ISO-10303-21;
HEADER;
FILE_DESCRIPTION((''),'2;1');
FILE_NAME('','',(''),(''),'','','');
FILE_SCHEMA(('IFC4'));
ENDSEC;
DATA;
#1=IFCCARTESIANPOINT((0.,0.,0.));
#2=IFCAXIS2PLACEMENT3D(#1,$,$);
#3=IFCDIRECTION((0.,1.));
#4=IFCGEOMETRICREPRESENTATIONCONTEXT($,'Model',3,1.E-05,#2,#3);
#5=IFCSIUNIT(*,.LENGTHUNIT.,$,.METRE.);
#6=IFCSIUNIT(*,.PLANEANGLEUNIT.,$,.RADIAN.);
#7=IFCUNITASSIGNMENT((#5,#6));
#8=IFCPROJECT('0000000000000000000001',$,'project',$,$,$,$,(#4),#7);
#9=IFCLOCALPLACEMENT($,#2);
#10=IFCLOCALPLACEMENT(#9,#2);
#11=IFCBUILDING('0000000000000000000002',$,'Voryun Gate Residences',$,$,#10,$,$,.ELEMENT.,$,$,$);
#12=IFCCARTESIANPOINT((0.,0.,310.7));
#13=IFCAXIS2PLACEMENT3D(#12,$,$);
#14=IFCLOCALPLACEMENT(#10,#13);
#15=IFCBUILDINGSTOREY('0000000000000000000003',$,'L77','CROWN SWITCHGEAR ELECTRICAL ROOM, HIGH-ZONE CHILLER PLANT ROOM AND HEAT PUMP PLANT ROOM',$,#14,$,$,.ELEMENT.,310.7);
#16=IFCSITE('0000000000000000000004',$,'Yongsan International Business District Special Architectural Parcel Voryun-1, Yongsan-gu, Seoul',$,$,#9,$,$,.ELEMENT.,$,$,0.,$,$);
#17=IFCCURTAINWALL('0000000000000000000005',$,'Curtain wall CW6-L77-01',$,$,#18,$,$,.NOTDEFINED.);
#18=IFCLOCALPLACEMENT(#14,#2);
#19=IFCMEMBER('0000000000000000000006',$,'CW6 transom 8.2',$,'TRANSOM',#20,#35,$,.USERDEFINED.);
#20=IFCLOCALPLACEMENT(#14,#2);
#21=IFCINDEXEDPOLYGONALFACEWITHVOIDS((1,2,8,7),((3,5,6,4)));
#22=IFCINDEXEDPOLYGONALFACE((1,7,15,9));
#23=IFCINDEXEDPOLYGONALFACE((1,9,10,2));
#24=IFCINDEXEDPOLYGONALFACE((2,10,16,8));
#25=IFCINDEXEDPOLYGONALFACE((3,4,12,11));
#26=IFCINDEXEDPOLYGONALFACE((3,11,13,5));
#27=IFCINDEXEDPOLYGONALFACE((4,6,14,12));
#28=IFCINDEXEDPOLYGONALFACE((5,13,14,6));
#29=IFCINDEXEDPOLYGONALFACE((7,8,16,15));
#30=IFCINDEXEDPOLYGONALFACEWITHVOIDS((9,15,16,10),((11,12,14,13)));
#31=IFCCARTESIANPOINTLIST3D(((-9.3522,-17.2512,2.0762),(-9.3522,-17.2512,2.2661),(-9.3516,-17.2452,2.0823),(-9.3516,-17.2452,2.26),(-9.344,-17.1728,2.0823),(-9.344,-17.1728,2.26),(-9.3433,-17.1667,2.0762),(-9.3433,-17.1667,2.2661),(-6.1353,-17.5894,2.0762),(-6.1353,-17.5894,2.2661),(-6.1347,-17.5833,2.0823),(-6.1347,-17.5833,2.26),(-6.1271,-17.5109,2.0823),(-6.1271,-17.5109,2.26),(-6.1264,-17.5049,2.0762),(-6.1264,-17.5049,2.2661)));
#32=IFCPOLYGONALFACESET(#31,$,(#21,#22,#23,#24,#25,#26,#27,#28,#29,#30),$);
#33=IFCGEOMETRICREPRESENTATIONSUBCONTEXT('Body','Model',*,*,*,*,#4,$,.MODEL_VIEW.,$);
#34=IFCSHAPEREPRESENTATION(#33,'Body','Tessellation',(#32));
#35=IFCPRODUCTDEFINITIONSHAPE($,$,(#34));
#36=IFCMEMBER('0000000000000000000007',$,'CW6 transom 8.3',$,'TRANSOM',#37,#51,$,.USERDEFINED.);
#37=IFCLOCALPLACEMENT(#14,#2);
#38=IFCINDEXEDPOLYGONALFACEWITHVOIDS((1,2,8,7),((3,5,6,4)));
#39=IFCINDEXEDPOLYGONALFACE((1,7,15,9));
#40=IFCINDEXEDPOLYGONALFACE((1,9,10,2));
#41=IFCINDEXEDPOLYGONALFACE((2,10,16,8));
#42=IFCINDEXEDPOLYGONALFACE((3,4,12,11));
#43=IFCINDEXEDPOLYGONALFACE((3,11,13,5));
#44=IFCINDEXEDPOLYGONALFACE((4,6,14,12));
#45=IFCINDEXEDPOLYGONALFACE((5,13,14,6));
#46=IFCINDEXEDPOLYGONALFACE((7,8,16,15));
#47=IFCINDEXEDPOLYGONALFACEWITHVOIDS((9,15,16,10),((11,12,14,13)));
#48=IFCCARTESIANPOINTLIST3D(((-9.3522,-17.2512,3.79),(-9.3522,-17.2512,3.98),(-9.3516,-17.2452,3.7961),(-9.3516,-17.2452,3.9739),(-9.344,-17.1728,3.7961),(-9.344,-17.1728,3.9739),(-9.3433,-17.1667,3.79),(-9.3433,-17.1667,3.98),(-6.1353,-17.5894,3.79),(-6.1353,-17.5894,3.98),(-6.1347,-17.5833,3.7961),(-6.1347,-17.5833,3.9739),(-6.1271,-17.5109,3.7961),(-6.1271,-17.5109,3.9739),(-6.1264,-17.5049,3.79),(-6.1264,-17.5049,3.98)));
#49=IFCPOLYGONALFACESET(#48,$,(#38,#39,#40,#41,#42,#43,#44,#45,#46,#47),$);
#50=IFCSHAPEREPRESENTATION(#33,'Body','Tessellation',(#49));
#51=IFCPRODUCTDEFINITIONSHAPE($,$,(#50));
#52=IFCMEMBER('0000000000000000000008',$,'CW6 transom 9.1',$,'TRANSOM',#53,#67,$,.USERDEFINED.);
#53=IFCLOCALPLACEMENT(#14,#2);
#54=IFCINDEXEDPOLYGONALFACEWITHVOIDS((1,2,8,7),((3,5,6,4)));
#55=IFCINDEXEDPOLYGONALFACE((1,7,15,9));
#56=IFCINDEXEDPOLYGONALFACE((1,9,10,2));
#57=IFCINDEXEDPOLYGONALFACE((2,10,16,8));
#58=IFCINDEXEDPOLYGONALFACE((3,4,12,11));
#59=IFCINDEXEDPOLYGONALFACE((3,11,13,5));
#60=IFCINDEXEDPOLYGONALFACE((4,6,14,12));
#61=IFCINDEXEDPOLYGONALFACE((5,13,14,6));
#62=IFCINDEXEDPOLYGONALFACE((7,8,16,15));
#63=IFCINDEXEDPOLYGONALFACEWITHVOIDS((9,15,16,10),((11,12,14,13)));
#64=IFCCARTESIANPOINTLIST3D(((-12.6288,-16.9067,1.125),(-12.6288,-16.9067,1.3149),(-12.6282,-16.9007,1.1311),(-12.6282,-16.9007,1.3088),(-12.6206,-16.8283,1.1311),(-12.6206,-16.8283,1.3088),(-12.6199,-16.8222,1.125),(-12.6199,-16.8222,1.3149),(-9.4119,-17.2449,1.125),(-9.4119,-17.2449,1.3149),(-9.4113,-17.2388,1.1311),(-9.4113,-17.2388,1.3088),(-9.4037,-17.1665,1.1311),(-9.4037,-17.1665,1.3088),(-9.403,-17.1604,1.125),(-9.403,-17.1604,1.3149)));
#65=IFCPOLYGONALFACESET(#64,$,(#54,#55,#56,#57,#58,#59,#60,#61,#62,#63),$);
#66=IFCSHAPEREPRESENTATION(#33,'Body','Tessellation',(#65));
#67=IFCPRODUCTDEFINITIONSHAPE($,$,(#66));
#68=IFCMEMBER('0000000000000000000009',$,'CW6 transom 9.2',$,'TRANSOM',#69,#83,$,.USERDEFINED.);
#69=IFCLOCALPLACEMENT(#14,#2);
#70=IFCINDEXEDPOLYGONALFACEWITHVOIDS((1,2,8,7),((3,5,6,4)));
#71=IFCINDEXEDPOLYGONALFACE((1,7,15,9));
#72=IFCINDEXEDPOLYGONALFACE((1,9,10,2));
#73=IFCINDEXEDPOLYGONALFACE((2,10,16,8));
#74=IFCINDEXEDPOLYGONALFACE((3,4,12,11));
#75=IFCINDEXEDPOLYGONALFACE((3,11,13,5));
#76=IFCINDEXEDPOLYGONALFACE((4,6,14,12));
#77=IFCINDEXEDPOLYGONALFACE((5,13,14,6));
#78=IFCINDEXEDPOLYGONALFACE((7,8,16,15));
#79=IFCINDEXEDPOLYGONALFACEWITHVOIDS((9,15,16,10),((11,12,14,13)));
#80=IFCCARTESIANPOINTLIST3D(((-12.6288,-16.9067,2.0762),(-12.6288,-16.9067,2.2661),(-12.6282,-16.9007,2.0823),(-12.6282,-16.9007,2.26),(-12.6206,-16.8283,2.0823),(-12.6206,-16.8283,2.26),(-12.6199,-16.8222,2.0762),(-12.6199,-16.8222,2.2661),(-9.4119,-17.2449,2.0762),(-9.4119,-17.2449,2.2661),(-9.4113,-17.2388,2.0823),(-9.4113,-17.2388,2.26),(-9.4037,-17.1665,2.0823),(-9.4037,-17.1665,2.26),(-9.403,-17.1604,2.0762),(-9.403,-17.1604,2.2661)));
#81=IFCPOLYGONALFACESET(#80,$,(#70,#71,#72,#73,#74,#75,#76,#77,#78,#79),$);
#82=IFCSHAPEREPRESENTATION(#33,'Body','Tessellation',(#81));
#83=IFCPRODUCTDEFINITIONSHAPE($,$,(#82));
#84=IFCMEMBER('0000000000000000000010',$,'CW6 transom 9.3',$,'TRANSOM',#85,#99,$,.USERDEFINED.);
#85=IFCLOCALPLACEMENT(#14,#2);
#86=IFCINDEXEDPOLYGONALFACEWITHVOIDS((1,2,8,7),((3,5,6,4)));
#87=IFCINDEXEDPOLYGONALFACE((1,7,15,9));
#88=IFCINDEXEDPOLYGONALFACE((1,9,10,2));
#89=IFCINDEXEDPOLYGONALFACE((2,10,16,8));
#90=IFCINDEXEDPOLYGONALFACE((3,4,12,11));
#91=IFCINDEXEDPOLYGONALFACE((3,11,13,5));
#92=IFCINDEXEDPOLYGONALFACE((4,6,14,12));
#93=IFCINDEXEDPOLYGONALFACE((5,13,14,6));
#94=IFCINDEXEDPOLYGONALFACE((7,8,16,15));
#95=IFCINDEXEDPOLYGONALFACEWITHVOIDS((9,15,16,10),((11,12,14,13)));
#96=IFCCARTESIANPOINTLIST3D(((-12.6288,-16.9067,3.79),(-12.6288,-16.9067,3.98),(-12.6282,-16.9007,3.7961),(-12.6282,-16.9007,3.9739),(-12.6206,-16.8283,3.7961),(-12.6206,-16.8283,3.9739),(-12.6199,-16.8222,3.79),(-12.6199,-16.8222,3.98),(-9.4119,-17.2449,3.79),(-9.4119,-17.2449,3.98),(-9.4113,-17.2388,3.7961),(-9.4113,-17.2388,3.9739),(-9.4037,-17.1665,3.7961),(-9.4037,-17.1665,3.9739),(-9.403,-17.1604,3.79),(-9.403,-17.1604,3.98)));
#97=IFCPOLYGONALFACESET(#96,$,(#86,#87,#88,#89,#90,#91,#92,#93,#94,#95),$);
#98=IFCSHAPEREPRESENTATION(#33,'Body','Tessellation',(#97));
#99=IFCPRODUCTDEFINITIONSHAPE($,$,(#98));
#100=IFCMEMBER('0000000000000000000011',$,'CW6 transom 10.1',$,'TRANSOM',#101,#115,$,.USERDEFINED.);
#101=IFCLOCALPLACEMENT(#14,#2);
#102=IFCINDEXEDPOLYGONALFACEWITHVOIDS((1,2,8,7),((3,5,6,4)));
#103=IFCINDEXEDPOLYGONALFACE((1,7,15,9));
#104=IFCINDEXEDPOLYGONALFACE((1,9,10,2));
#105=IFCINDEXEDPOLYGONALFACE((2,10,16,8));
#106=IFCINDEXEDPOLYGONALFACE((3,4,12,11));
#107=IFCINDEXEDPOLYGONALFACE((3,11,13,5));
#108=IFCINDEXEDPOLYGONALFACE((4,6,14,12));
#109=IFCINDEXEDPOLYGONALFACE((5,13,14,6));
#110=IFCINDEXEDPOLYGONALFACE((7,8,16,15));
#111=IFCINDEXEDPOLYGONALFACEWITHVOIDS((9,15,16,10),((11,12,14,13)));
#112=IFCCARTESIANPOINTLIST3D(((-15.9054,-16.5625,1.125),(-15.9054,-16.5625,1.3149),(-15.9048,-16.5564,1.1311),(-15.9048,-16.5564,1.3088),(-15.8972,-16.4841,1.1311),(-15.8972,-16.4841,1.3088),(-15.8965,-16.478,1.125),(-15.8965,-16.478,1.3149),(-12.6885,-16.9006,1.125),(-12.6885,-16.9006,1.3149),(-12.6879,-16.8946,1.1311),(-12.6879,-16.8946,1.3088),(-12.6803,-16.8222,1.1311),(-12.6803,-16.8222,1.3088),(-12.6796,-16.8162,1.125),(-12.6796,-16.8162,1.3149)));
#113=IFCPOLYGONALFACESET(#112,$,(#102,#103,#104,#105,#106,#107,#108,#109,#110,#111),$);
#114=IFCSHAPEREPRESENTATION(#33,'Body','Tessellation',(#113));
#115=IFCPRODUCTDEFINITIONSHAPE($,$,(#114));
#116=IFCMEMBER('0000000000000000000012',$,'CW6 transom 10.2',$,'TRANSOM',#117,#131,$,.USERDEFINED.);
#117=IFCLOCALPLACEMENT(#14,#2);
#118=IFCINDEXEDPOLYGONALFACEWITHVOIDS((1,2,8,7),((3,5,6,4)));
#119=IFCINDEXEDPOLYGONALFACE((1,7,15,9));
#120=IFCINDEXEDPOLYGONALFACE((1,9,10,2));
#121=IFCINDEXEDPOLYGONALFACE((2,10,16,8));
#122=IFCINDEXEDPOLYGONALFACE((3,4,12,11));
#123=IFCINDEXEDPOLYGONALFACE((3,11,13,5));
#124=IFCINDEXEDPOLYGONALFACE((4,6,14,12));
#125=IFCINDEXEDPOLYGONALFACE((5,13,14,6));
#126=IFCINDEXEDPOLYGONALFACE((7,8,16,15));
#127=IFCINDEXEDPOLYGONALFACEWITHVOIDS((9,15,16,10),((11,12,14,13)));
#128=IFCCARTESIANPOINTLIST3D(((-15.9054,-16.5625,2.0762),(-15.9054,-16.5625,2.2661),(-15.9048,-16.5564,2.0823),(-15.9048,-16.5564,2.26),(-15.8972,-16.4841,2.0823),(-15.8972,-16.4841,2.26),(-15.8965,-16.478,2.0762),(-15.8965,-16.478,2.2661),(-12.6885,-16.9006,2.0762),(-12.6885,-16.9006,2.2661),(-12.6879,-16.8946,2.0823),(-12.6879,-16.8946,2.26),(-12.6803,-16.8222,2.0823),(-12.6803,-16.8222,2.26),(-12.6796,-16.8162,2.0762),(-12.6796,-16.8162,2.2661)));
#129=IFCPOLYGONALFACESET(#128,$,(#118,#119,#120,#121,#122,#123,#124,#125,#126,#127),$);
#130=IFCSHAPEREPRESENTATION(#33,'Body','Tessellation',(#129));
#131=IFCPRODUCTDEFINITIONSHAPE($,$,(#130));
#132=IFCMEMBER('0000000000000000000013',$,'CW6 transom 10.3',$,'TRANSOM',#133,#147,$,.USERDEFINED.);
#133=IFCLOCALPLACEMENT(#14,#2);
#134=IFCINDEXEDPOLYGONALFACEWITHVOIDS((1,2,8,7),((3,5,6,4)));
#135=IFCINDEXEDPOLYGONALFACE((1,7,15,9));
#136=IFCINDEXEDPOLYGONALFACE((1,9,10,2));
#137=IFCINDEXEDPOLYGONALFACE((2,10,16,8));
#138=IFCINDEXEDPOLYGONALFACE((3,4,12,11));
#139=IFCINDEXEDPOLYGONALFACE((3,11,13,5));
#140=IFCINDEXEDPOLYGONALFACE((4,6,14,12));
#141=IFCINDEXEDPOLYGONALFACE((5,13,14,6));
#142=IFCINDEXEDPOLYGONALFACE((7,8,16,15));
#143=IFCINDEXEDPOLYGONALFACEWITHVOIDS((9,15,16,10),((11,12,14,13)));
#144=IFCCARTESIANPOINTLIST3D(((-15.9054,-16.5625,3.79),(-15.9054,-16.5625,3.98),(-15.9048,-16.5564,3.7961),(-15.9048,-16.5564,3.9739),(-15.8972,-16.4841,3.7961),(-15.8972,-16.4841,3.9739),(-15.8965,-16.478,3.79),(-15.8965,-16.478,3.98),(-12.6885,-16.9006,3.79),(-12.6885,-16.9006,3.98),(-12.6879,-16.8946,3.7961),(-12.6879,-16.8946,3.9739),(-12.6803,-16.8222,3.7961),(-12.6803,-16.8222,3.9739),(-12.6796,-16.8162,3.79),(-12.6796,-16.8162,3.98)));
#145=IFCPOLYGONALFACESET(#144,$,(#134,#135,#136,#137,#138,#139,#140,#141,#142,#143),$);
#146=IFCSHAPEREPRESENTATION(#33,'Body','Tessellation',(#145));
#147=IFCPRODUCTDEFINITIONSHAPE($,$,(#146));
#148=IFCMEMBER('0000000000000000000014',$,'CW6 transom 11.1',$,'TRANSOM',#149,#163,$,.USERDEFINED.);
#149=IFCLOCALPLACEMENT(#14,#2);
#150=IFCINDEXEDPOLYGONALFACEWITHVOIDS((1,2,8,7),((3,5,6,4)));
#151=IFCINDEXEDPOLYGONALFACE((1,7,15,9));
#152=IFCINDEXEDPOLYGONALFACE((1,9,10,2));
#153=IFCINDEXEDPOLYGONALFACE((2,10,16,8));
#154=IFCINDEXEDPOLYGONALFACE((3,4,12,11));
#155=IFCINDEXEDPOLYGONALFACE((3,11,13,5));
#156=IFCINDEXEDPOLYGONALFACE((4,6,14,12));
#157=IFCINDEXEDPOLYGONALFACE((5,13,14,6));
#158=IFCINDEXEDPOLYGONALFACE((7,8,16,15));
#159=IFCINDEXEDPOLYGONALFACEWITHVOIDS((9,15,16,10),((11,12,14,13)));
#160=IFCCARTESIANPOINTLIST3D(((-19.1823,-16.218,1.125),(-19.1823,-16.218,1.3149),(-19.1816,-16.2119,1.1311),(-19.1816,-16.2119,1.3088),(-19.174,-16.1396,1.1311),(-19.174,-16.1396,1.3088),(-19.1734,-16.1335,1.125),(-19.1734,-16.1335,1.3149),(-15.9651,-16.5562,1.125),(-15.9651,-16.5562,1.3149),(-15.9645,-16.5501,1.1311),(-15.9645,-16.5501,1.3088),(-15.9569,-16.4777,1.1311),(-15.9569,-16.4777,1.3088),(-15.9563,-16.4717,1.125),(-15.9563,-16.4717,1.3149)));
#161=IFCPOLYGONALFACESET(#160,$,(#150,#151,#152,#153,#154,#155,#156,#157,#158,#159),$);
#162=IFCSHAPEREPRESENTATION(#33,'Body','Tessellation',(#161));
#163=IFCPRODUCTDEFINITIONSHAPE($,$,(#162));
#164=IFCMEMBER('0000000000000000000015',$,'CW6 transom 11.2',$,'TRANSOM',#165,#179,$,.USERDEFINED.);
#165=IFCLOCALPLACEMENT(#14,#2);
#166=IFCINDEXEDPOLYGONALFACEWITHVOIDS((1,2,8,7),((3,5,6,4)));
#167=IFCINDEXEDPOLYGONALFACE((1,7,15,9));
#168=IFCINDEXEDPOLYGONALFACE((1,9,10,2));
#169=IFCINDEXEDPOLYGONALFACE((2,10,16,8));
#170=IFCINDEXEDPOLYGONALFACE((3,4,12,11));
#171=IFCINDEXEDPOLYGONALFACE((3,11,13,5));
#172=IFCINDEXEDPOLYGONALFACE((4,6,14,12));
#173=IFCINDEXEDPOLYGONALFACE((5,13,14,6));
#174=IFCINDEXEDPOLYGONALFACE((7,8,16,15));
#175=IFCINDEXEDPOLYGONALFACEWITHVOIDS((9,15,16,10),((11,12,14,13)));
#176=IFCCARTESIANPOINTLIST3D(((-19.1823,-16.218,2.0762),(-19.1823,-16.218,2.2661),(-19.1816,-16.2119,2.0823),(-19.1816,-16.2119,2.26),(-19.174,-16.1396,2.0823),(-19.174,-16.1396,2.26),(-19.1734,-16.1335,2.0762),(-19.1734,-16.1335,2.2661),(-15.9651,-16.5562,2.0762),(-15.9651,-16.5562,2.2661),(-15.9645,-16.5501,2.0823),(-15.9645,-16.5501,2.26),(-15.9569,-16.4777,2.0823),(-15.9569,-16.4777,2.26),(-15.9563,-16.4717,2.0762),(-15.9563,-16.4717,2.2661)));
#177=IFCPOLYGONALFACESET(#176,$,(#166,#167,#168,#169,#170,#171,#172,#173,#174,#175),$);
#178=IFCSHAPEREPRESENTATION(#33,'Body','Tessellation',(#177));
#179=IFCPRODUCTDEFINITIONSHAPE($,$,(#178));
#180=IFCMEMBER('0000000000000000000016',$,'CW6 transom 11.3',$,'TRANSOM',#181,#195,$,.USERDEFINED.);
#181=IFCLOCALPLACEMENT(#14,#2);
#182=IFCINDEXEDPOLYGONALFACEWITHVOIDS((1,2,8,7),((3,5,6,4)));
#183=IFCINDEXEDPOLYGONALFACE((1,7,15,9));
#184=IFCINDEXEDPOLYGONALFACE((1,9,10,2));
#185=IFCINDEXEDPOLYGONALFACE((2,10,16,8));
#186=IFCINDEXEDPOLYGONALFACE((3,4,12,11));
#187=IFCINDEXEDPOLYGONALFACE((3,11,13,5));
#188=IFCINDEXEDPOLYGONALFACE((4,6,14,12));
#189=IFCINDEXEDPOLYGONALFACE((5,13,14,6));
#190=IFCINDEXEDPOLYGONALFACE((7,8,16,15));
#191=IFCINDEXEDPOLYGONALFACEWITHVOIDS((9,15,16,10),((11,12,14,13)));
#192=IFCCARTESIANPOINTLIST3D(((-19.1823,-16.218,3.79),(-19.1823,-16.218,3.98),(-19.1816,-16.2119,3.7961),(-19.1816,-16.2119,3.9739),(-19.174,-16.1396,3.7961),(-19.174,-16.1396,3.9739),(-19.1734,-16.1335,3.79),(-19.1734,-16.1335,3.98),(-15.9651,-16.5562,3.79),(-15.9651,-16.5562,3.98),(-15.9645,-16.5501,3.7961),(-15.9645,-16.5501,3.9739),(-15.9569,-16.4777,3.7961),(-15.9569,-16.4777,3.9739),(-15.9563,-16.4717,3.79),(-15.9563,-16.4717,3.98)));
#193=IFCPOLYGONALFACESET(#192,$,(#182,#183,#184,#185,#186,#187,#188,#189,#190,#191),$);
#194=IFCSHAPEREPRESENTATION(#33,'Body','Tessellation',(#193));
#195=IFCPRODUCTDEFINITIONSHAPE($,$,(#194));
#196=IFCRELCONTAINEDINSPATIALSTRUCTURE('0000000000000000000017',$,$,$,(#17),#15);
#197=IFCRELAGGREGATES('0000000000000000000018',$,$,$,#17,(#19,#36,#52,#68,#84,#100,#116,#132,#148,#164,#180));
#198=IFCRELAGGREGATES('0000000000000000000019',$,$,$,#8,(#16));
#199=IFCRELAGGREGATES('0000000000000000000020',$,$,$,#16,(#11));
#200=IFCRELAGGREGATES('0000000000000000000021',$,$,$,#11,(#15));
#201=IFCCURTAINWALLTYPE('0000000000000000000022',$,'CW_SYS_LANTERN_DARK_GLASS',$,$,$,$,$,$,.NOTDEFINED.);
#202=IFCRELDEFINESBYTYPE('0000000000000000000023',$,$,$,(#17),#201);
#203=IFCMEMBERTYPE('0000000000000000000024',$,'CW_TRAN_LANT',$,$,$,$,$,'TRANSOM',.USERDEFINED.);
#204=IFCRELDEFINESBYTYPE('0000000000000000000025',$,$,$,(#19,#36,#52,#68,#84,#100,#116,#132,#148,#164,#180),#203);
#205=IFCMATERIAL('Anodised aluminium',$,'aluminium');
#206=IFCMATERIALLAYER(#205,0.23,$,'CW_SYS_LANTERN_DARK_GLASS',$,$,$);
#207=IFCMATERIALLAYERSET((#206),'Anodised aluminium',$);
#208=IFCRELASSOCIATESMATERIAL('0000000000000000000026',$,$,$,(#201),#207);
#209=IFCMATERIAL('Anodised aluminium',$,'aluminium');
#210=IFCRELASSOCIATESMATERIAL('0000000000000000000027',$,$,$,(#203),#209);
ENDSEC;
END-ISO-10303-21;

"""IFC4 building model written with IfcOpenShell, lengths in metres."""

from ifc_helpers import new_model, si_unit, direction, frame, origin, origin_2d, place, context, subcontext, project, spatial, hollow_rectangle, extrude, material, layer, layer_set, material_profile, profile_set, type_object, element, aggregate, save


model = new_model("IFC4")

# Units and contexts
model_context = context("Model", 3, precision=1e-05, world=origin(), true_north=direction((0.0, 1.0)))
body_context = subcontext(model_context, "Body", "Model", "MODEL_VIEW")
ifc_project = project(units=[si_unit("LENGTHUNIT", "METRE"), si_unit("PLANEANGLEUNIT", "RADIAN")], contexts=[model_context])

# Site, building, storey
site_placement = place(None, origin())
site = spatial("IfcSite", under=ifc_project, at=site_placement, Name="Yongsan International Business District Special Architectural Parcel Voryun-1, Yongsan-gu, Seoul", CompositionType="ELEMENT", RefElevation=0.0)
building_placement = place(site_placement, origin())
building = spatial("IfcBuilding", under=site, at=building_placement, Name="Voryun Gate Residences", CompositionType="ELEMENT")
storey_placement = place(building_placement, frame((0.0, 0.0, 310.7)))
storey = spatial("IfcBuildingStorey", under=building, at=storey_placement, Name="L77", Description="CROWN SWITCHGEAR ELECTRICAL ROOM, HIGH-ZONE CHILLER PLANT ROOM AND HEAT PUMP PLANT ROOM", CompositionType="ELEMENT", Elevation=310.7)

# Curtain wall, members
ifc_material_1 = material(Name="Anodised aluminium", Category="aluminium")
ifc_layer_1 = layer(ifc_material_1, 0.23, Name="CW_SYS_LANTERN_DARK_GLASS")
ifc_layer_set_1 = layer_set([ifc_layer_1], Name="Anodised aluminium")
curtain_wall_type = type_object("IfcCurtainWallType", Name="CW_SYS_LANTERN_DARK_GLASS", PredefinedType="NOTDEFINED", material=ifc_layer_set_1)
curtain_wall_placement = place(storey_placement, origin())
curtain_wall = element("IfcCurtainWall", 1, at=curtain_wall_placement, inside=storey, type_object=curtain_wall_type, Name="Curtain wall CW6-L77-01", PredefinedType="NOTDEFINED")
ifc_material_2 = material(Name="Anodised aluminium", Category="aluminium")
ifc_material_profile_1 = material_profile(ifc_material_2, hollow_rectangle(XDim=0.085, YDim=0.1899, WallThickness=0.0061, at=origin_2d()), Name="ALU-TRAN-190x85x6")
ifc_profile_set_1 = profile_set([ifc_material_profile_1], Name="Anodised aluminium")
member_type_1 = type_object("IfcMemberType", Name="CW_TRAN_LANT", ElementType="TRANSOM", PredefinedType="USERDEFINED", material=ifc_profile_set_1)
member_1_placement = place(storey_placement, frame((-6.1309, -17.5471, 2.1711), z_axis=(-0.994521, 0.104539, 0.0), x_axis=(-0.104539, -0.994521, 0.0)))
member_1 = element("IfcMember", 2, at=member_1_placement, type_object=member_type_1, Name="CW6 transom 8.2", ObjectType="TRANSOM", PredefinedType="USERDEFINED", context=body_context, shape_type="SweptSolid", body=[
    extrude(hollow_rectangle(XDim=0.085, YDim=0.1899, WallThickness=0.0061, at=origin_2d()), origin(), (0.0, 0.0, 1.0), 3.2346),
])
member_2_placement = place(storey_placement, frame((-6.1309, -17.5471, 3.885), z_axis=(-0.994521, 0.104539, 0.0), x_axis=(-0.104539, -0.994521, 0.0)))
member_2 = element("IfcMember", 3, at=member_2_placement, type_object=member_type_1, Name="CW6 transom 8.3", ObjectType="TRANSOM", PredefinedType="USERDEFINED", context=body_context, shape_type="SweptSolid", body=[
    extrude(hollow_rectangle(XDim=0.085, YDim=0.1899, WallThickness=0.0061, at=origin_2d()), origin(), (0.0, 0.0, 1.0), 3.2346),
])
member_3_placement = place(storey_placement, frame((-9.4075, -17.2026, 1.22), z_axis=(-0.994521, 0.104539, 0.0), x_axis=(-0.104539, -0.994521, 0.0)))
member_3 = element("IfcMember", 4, at=member_3_placement, type_object=member_type_1, Name="CW6 transom 9.1", ObjectType="TRANSOM", PredefinedType="USERDEFINED", context=body_context, shape_type="SweptSolid", body=[
    extrude(hollow_rectangle(XDim=0.085, YDim=0.1899, WallThickness=0.0061, at=origin_2d()), origin(), (0.0, 0.0, 1.0), 3.2346),
])
member_4_placement = place(storey_placement, frame((-9.4075, -17.2026, 2.1711), z_axis=(-0.994521, 0.104539, 0.0), x_axis=(-0.104539, -0.994521, 0.0)))
member_4 = element("IfcMember", 5, at=member_4_placement, type_object=member_type_1, Name="CW6 transom 9.2", ObjectType="TRANSOM", PredefinedType="USERDEFINED", context=body_context, shape_type="SweptSolid", body=[
    extrude(hollow_rectangle(XDim=0.085, YDim=0.1899, WallThickness=0.0061, at=origin_2d()), origin(), (0.0, 0.0, 1.0), 3.2346),
])
member_5_placement = place(storey_placement, frame((-9.4075, -17.2026, 3.885), z_axis=(-0.994521, 0.104539, 0.0), x_axis=(-0.104539, -0.994521, 0.0)))
member_5 = element("IfcMember", 6, at=member_5_placement, type_object=member_type_1, Name="CW6 transom 9.3", ObjectType="TRANSOM", PredefinedType="USERDEFINED", context=body_context, shape_type="SweptSolid", body=[
    extrude(hollow_rectangle(XDim=0.085, YDim=0.1899, WallThickness=0.0061, at=origin_2d()), origin(), (0.0, 0.0, 1.0), 3.2346),
])
member_6_placement = place(storey_placement, frame((-12.6841, -16.8584, 1.22), z_axis=(-0.994521, 0.104539, 0.0), x_axis=(-0.104539, -0.994521, 0.0)))
member_6 = element("IfcMember", 7, at=member_6_placement, type_object=member_type_1, Name="CW6 transom 10.1", ObjectType="TRANSOM", PredefinedType="USERDEFINED", context=body_context, shape_type="SweptSolid", body=[
    extrude(hollow_rectangle(XDim=0.085, YDim=0.1899, WallThickness=0.0061, at=origin_2d()), origin(), (0.0, 0.0, 1.0), 3.2346),
])
member_7_placement = place(storey_placement, frame((-12.6841, -16.8584, 2.1711), z_axis=(-0.994521, 0.104539, 0.0), x_axis=(-0.104539, -0.994521, 0.0)))
member_7 = element("IfcMember", 8, at=member_7_placement, type_object=member_type_1, Name="CW6 transom 10.2", ObjectType="TRANSOM", PredefinedType="USERDEFINED", context=body_context, shape_type="SweptSolid", body=[
    extrude(hollow_rectangle(XDim=0.085, YDim=0.1899, WallThickness=0.0061, at=origin_2d()), origin(), (0.0, 0.0, 1.0), 3.2346),
])
member_8_placement = place(storey_placement, frame((-12.6841, -16.8584, 3.885), z_axis=(-0.994521, 0.104539, 0.0), x_axis=(-0.104539, -0.994521, 0.0)))
member_8 = element("IfcMember", 9, at=member_8_placement, type_object=member_type_1, Name="CW6 transom 10.3", ObjectType="TRANSOM", PredefinedType="USERDEFINED", context=body_context, shape_type="SweptSolid", body=[
    extrude(hollow_rectangle(XDim=0.085, YDim=0.1899, WallThickness=0.0061, at=origin_2d()), origin(), (0.0, 0.0, 1.0), 3.2346),
])
member_9_placement = place(storey_placement, frame((-15.9607, -16.5139, 1.22), z_axis=(-0.994522, 0.104532, 0.0), x_axis=(-0.104532, -0.994522, 0.0)))
member_9 = element("IfcMember", 10, at=member_9_placement, type_object=member_type_1, Name="CW6 transom 11.1", ObjectType="TRANSOM", PredefinedType="USERDEFINED", context=body_context, shape_type="SweptSolid", body=[
    extrude(hollow_rectangle(XDim=0.085, YDim=0.1899, WallThickness=0.0061, at=origin_2d()), origin(), (0.0, 0.0, 1.0), 3.2349),
])
member_10_placement = place(storey_placement, frame((-15.9607, -16.5139, 2.1711), z_axis=(-0.994522, 0.104532, 0.0), x_axis=(-0.104532, -0.994522, 0.0)))
member_10 = element("IfcMember", 11, at=member_10_placement, type_object=member_type_1, Name="CW6 transom 11.2", ObjectType="TRANSOM", PredefinedType="USERDEFINED", context=body_context, shape_type="SweptSolid", body=[
    extrude(hollow_rectangle(XDim=0.085, YDim=0.1899, WallThickness=0.0061, at=origin_2d()), origin(), (0.0, 0.0, 1.0), 3.2349),
])
member_11_placement = place(storey_placement, frame((-15.9607, -16.5139, 3.885), z_axis=(-0.994522, 0.104532, 0.0), x_axis=(-0.104532, -0.994522, 0.0)))
member_11 = element("IfcMember", 12, at=member_11_placement, type_object=member_type_1, Name="CW6 transom 11.3", ObjectType="TRANSOM", PredefinedType="USERDEFINED", context=body_context, shape_type="SweptSolid", body=[
    extrude(hollow_rectangle(XDim=0.085, YDim=0.1899, WallThickness=0.0061, at=origin_2d()), origin(), (0.0, 0.0, 1.0), 3.2349),
])

aggregate(curtain_wall, [member_1, member_2, member_3, member_4, member_5, member_6, member_7, member_8, member_9, member_10, member_11])

save(model, "model.ifc")
